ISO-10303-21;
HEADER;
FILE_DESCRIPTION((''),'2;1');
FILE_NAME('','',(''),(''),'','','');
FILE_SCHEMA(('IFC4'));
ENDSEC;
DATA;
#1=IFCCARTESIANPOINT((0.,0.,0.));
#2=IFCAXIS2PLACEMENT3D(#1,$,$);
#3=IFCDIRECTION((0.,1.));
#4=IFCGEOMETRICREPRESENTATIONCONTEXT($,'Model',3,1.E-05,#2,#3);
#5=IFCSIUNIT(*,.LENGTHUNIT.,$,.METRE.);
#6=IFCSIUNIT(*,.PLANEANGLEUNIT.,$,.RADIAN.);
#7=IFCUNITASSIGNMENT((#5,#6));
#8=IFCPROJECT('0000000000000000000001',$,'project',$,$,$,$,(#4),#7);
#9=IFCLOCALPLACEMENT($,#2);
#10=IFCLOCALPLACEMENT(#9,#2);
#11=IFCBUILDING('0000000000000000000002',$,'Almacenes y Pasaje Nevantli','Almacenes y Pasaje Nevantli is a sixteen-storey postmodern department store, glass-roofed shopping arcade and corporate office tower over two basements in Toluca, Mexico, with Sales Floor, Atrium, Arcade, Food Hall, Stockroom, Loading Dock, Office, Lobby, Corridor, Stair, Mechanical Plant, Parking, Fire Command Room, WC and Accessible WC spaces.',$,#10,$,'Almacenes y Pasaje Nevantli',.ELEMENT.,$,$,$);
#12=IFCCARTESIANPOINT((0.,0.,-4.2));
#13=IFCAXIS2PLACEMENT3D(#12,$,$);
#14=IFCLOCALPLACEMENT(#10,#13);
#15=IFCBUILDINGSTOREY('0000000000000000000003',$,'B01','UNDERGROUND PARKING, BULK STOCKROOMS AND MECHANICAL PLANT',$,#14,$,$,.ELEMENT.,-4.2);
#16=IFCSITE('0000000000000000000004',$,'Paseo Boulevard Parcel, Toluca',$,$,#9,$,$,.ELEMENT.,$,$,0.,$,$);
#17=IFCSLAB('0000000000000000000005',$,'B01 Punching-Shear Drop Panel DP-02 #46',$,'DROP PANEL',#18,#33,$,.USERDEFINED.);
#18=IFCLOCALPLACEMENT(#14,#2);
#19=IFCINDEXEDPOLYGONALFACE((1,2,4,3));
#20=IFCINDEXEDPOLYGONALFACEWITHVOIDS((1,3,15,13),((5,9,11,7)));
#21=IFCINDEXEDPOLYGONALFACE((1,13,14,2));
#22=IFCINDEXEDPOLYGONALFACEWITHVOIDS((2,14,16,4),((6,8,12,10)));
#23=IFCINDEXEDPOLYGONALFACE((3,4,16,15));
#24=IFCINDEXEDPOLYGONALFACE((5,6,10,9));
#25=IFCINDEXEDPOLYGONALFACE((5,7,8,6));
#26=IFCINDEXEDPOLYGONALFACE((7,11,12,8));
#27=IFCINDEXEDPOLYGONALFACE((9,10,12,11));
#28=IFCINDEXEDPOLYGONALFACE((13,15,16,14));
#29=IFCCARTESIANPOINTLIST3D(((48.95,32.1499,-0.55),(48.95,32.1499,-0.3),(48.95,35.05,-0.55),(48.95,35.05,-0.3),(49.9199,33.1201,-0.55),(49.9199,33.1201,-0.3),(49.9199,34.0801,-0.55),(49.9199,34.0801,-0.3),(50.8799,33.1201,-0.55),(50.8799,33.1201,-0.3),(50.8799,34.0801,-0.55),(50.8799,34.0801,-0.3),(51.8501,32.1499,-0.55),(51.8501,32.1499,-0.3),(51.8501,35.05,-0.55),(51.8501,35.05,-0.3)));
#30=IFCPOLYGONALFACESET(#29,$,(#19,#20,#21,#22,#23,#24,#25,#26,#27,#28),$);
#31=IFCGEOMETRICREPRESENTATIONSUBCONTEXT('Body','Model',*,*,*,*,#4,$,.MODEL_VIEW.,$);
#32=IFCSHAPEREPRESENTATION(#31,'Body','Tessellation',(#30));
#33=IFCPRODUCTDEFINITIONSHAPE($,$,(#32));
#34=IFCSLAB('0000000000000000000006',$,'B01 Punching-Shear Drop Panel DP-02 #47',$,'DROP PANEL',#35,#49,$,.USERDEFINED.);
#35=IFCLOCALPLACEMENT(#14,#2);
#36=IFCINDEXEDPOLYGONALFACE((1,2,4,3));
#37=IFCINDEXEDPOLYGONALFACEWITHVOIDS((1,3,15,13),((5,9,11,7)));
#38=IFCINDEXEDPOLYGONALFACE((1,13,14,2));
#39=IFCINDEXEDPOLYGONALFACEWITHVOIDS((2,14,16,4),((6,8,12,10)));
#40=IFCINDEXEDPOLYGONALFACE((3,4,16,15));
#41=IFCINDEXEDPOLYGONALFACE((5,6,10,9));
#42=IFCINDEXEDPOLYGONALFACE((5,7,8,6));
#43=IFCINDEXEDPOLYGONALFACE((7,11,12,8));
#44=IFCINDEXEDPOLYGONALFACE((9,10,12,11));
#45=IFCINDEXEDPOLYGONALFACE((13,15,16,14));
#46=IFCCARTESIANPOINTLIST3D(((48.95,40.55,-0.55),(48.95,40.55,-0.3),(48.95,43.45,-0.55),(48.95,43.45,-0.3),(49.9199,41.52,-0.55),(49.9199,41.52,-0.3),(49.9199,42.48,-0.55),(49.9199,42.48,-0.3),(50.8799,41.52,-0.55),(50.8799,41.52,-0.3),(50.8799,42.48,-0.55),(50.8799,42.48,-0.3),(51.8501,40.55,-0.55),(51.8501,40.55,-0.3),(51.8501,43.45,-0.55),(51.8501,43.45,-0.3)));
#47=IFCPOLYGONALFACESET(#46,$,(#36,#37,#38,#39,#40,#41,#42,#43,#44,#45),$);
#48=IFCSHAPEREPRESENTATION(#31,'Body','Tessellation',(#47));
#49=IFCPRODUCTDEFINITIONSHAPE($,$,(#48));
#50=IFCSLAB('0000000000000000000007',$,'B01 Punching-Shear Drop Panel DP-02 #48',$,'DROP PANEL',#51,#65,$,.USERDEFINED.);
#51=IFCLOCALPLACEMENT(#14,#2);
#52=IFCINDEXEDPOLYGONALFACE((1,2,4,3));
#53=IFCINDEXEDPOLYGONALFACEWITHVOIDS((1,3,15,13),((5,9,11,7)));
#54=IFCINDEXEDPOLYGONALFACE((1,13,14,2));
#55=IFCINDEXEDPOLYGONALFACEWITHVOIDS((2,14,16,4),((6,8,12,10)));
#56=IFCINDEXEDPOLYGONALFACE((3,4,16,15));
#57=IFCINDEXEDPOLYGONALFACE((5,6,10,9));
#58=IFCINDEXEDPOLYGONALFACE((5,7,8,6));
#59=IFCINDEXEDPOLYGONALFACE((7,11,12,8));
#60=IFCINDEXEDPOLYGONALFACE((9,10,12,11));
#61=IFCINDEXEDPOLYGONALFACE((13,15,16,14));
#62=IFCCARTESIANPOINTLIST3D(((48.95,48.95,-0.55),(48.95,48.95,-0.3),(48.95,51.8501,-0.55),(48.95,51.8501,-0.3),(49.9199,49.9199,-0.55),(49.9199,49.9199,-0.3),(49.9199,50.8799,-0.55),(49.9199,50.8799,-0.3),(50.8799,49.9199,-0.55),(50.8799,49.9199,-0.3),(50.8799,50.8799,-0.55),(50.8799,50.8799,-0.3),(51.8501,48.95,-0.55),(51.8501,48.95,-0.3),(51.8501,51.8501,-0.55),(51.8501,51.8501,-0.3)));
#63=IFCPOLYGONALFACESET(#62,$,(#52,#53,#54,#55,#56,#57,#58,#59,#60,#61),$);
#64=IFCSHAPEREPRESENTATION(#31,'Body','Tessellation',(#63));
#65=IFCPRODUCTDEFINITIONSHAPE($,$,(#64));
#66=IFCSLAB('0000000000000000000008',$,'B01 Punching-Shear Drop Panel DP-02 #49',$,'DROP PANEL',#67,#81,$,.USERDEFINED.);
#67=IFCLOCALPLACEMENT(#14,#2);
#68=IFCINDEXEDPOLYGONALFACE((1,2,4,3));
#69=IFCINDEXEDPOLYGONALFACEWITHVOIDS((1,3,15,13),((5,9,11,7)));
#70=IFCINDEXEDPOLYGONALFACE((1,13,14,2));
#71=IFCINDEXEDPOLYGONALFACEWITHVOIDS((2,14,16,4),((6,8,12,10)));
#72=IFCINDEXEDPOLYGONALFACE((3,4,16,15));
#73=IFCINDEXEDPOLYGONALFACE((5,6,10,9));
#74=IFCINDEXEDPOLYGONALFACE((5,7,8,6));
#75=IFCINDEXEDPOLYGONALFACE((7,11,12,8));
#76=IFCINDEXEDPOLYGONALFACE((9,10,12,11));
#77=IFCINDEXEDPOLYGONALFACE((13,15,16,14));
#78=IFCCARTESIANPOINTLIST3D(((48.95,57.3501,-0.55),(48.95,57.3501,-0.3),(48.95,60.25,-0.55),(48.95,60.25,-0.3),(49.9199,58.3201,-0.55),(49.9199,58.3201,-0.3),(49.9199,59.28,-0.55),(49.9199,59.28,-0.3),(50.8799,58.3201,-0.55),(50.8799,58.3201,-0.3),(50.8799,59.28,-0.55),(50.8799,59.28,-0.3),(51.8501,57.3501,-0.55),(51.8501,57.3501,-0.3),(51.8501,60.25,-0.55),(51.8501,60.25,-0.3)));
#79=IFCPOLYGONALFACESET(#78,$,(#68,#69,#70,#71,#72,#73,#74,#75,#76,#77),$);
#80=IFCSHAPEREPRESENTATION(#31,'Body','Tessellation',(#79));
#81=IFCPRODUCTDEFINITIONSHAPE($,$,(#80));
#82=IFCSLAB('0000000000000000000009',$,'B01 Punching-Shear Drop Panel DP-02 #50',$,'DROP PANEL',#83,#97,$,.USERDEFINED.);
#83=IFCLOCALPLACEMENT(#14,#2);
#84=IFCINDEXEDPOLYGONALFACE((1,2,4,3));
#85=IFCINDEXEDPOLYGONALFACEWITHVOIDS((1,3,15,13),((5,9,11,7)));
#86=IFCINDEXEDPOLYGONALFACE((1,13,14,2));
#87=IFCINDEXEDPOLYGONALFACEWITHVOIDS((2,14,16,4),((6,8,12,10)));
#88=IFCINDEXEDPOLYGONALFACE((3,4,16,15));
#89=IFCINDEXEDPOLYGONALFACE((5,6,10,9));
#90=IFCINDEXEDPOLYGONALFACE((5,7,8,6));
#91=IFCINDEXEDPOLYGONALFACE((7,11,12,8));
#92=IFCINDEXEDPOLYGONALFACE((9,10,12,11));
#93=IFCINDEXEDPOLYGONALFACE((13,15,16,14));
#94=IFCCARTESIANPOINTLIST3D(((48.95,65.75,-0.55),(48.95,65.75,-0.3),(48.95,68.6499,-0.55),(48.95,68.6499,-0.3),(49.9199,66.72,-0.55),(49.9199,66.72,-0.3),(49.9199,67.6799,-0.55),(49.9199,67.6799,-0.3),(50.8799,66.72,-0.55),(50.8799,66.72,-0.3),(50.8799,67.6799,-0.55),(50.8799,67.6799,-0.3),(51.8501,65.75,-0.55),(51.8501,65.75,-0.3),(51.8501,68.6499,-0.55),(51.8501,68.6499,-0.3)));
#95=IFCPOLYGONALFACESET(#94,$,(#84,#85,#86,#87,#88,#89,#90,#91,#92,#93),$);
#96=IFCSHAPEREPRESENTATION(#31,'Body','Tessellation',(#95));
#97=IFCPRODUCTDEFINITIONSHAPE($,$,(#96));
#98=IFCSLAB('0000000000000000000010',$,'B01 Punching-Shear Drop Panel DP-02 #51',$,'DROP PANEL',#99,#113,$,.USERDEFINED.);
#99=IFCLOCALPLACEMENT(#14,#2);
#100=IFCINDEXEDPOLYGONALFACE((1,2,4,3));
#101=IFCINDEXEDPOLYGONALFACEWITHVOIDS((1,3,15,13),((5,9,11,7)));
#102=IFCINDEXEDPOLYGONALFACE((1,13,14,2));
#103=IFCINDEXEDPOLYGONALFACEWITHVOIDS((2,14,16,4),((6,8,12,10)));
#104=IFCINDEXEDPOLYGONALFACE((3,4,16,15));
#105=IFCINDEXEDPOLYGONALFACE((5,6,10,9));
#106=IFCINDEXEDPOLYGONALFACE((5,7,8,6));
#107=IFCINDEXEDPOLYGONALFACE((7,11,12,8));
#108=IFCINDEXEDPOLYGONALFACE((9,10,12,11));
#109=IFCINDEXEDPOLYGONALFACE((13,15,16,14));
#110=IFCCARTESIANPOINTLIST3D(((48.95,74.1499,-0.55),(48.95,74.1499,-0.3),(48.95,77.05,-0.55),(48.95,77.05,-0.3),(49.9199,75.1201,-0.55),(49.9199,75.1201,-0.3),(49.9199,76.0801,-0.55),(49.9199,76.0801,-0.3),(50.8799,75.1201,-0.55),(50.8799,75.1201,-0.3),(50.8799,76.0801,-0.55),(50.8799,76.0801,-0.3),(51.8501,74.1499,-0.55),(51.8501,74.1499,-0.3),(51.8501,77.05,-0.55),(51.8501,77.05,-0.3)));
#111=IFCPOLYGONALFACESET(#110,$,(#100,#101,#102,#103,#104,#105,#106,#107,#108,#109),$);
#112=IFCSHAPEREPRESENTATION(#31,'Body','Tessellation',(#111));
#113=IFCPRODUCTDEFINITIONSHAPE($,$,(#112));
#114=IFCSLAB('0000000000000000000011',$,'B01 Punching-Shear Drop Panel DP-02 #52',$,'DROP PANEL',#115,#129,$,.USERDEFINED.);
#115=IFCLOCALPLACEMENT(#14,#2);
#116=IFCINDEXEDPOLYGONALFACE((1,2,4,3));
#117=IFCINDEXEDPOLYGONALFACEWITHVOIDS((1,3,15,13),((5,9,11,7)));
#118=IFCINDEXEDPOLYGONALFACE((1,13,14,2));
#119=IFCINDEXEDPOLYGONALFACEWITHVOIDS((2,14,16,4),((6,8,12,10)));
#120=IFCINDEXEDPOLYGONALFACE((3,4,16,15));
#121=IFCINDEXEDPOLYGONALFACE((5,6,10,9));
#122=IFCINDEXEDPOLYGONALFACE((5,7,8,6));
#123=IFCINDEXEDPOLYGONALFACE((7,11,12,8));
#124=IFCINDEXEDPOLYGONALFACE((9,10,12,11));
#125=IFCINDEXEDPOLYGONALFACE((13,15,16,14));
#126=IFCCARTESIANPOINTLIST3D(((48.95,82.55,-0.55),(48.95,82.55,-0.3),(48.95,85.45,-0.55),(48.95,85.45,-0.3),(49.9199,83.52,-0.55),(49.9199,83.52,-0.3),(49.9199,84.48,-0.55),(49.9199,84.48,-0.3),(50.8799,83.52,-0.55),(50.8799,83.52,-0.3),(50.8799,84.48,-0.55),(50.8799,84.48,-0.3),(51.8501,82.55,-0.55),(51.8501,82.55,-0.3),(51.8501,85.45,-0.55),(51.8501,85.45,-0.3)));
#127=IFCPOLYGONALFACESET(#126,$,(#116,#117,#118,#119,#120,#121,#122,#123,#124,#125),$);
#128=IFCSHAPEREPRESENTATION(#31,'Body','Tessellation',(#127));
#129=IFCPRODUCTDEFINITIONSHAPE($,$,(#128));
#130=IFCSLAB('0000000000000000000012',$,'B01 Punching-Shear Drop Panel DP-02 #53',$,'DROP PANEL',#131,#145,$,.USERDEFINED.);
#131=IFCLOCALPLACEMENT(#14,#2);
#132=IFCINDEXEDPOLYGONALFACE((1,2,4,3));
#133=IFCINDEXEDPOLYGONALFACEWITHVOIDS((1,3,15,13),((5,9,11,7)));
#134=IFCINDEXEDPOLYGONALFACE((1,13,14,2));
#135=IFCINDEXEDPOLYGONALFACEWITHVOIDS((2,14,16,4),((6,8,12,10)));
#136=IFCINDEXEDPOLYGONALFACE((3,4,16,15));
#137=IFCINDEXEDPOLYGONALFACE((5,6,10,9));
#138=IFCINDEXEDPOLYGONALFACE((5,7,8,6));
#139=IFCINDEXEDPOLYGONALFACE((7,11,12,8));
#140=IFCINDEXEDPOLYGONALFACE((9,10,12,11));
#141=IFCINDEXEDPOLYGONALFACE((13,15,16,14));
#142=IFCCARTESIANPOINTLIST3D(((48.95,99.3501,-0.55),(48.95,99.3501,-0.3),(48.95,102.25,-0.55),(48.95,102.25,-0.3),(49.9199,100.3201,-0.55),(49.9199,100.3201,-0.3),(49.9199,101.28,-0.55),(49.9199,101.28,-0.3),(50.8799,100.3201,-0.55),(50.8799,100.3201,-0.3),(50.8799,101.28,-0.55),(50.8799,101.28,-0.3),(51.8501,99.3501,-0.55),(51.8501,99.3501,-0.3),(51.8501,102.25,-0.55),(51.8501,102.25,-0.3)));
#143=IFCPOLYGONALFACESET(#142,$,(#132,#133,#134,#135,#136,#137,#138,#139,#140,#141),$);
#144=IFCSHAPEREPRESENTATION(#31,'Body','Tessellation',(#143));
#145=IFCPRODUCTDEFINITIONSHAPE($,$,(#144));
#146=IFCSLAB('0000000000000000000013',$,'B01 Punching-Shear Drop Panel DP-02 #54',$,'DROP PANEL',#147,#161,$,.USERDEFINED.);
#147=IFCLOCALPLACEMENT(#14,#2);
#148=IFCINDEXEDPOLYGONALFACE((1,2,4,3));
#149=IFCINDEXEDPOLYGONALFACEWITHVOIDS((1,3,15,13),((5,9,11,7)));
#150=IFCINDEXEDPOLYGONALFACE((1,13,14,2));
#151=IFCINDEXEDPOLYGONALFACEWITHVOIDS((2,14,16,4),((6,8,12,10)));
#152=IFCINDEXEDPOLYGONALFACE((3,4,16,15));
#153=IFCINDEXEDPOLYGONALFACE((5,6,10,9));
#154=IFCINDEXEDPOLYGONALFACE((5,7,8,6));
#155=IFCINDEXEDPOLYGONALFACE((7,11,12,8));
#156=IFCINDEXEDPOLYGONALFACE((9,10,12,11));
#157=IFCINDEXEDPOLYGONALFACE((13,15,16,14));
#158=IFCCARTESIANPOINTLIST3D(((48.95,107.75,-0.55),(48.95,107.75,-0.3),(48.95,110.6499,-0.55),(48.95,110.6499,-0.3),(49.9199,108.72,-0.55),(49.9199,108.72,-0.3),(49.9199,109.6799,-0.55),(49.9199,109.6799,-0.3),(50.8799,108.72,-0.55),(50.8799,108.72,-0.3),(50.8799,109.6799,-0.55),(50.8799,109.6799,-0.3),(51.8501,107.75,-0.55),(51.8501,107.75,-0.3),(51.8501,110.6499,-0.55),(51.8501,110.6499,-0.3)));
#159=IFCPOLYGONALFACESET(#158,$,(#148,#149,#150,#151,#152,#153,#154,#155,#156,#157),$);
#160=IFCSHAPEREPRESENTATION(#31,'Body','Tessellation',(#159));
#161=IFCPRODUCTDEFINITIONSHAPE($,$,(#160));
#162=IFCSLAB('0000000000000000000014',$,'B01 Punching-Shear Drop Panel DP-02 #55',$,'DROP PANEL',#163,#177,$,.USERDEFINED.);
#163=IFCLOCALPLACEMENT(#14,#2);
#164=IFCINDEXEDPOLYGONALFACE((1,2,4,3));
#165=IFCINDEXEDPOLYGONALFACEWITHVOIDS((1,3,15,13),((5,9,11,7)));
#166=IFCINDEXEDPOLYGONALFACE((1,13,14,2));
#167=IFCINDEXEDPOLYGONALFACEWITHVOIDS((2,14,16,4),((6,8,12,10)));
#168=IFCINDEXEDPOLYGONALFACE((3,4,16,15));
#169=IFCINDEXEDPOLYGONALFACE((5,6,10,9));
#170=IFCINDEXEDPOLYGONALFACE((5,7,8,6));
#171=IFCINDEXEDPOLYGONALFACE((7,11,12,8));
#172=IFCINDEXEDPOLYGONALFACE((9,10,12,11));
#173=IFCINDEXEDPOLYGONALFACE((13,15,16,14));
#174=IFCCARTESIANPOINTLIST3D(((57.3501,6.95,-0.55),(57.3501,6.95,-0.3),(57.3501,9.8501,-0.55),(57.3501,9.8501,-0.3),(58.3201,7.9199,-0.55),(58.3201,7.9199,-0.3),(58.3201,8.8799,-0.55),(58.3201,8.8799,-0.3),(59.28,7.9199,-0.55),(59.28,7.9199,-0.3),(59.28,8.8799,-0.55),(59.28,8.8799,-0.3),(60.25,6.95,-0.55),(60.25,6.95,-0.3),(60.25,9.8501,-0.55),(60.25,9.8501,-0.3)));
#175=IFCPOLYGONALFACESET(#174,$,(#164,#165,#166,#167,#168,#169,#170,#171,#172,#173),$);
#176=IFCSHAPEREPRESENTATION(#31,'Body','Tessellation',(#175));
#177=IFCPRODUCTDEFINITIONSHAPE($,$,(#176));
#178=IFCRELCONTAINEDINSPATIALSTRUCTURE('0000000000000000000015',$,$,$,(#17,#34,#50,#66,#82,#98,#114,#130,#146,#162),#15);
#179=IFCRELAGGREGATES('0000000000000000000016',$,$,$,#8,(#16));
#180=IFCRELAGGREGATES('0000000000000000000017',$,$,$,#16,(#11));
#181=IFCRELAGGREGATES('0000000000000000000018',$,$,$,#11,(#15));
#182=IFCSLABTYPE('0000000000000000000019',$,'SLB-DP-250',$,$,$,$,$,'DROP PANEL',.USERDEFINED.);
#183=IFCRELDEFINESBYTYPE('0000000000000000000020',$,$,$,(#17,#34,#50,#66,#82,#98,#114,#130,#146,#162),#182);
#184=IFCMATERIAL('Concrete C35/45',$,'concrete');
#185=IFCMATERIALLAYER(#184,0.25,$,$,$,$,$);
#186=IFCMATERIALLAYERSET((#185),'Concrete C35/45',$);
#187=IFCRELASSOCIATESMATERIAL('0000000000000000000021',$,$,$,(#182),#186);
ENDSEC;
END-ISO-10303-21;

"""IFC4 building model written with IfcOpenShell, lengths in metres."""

from ifc_helpers import new_model, si_unit, direction, frame, origin, place, context, subcontext, project, spatial, polyline, outline, extrude, material, layer, layer_set, type_object, element, save


model = new_model("IFC4")

# Units and contexts
model_context = context("Model", 3, precision=1e-05, world=origin(), true_north=direction((0.0, 1.0)))
body_context = subcontext(model_context, "Body", "Model", "MODEL_VIEW")
ifc_project = project(units=[si_unit("LENGTHUNIT", "METRE"), si_unit("PLANEANGLEUNIT", "RADIAN")], contexts=[model_context])

# Site, building, storey
site_placement = place(None, origin())
site = spatial("IfcSite", under=ifc_project, at=site_placement, Name="Paseo Boulevard Parcel, Toluca", CompositionType="ELEMENT", RefElevation=0.0)
building_placement = place(site_placement, origin())
building = spatial("IfcBuilding", under=site, at=building_placement, Name="Almacenes y Pasaje Nevantli", Description="Almacenes y Pasaje Nevantli is a sixteen-storey postmodern department store, glass-roofed shopping arcade and corporate office tower over two basements in Toluca, Mexico, with Sales Floor, Atrium, Arcade, Food Hall, Stockroom, Loading Dock, Office, Lobby, Corridor, Stair, Mechanical Plant, Parking, Fire Command Room, WC and Accessible WC spaces.", LongName="Almacenes y Pasaje Nevantli", CompositionType="ELEMENT")
storey_placement = place(building_placement, frame((0.0, 0.0, -4.2)))
storey = spatial("IfcBuildingStorey", under=building, at=storey_placement, Name="B01", Description="UNDERGROUND PARKING, BULK STOCKROOMS AND MECHANICAL PLANT", CompositionType="ELEMENT", Elevation=-4.2)

# Slabs
ifc_material = material(Name="Concrete C35/45", Category="concrete")
ifc_layer = layer(ifc_material, 0.25)
ifc_layer_set = layer_set([ifc_layer], Name="Concrete C35/45")
slab_type = type_object("IfcSlabType", Name="SLB-DP-250", ElementType="DROP PANEL", PredefinedType="USERDEFINED", material=ifc_layer_set)
slab_1_placement = place(storey_placement, frame((0.0, 0.0, -0.55)))
element("IfcSlab", 1, at=slab_1_placement, inside=storey, type_object=slab_type, Name="B01 Punching-Shear Drop Panel DP-02 #46", ObjectType="DROP PANEL", PredefinedType="USERDEFINED", context=body_context, shape_type="SweptSolid", body=[
    extrude(outline(polyline([(48.95, 32.1499), (51.8501, 32.1499), (51.8501, 35.05), (48.95, 35.05), (48.95, 32.1499)]), holes=[polyline([(49.9199, 33.1201), (50.8799, 33.1201), (50.8799, 34.0801), (49.9199, 34.0801), (49.9199, 33.1201)])]), origin(), (0.0, 0.0, 1.0), 0.25),
])
slab_2_placement = place(storey_placement, frame((0.0, 0.0, -0.55)))
element("IfcSlab", 2, at=slab_2_placement, inside=storey, type_object=slab_type, Name="B01 Punching-Shear Drop Panel DP-02 #47", ObjectType="DROP PANEL", PredefinedType="USERDEFINED", context=body_context, shape_type="SweptSolid", body=[
    extrude(outline(polyline([(48.95, 40.55), (51.8501, 40.55), (51.8501, 43.45), (48.95, 43.45), (48.95, 40.55)]), holes=[polyline([(49.9199, 41.52), (50.8799, 41.52), (50.8799, 42.48), (49.9199, 42.48), (49.9199, 41.52)])]), origin(), (0.0, 0.0, 1.0), 0.25),
])
slab_3_placement = place(storey_placement, frame((0.0, 0.0, -0.55)))
element("IfcSlab", 3, at=slab_3_placement, inside=storey, type_object=slab_type, Name="B01 Punching-Shear Drop Panel DP-02 #48", ObjectType="DROP PANEL", PredefinedType="USERDEFINED", context=body_context, shape_type="SweptSolid", body=[
    extrude(outline(polyline([(48.95, 48.95), (51.8501, 48.95), (51.8501, 51.8501), (48.95, 51.8501), (48.95, 48.95)]), holes=[polyline([(49.9199, 49.9199), (50.8799, 49.9199), (50.8799, 50.8799), (49.9199, 50.8799), (49.9199, 49.9199)])]), origin(), (0.0, 0.0, 1.0), 0.25),
])
slab_4_placement = place(storey_placement, frame((0.0, 0.0, -0.55)))
element("IfcSlab", 4, at=slab_4_placement, inside=storey, type_object=slab_type, Name="B01 Punching-Shear Drop Panel DP-02 #49", ObjectType="DROP PANEL", PredefinedType="USERDEFINED", context=body_context, shape_type="SweptSolid", body=[
    extrude(outline(polyline([(48.95, 57.3501), (51.8501, 57.3501), (51.8501, 60.25), (48.95, 60.25), (48.95, 57.3501)]), holes=[polyline([(49.9199, 58.3201), (50.8799, 58.3201), (50.8799, 59.28), (49.9199, 59.28), (49.9199, 58.3201)])]), origin(), (0.0, 0.0, 1.0), 0.25),
])
slab_5_placement = place(storey_placement, frame((0.0, 0.0, -0.55)))
element("IfcSlab", 5, at=slab_5_placement, inside=storey, type_object=slab_type, Name="B01 Punching-Shear Drop Panel DP-02 #50", ObjectType="DROP PANEL", PredefinedType="USERDEFINED", context=body_context, shape_type="SweptSolid", body=[
    extrude(outline(polyline([(48.95, 65.75), (51.8501, 65.75), (51.8501, 68.6499), (48.95, 68.6499), (48.95, 65.75)]), holes=[polyline([(49.9199, 66.72), (50.8799, 66.72), (50.8799, 67.6799), (49.9199, 67.6799), (49.9199, 66.72)])]), origin(), (0.0, 0.0, 1.0), 0.25),
])
slab_6_placement = place(storey_placement, frame((0.0, 0.0, -0.55)))
element("IfcSlab", 6, at=slab_6_placement, inside=storey, type_object=slab_type, Name="B01 Punching-Shear Drop Panel DP-02 #51", ObjectType="DROP PANEL", PredefinedType="USERDEFINED", context=body_context, shape_type="SweptSolid", body=[
    extrude(outline(polyline([(48.95, 74.1499), (51.8501, 74.1499), (51.8501, 77.05), (48.95, 77.05), (48.95, 74.1499)]), holes=[polyline([(49.9199, 75.1201), (50.8799, 75.1201), (50.8799, 76.0801), (49.9199, 76.0801), (49.9199, 75.1201)])]), origin(), (0.0, 0.0, 1.0), 0.25),
])
slab_7_placement = place(storey_placement, frame((0.0, 0.0, -0.55)))
element("IfcSlab", 7, at=slab_7_placement, inside=storey, type_object=slab_type, Name="B01 Punching-Shear Drop Panel DP-02 #52", ObjectType="DROP PANEL", PredefinedType="USERDEFINED", context=body_context, shape_type="SweptSolid", body=[
    extrude(outline(polyline([(48.95, 82.55), (51.8501, 82.55), (51.8501, 85.45), (48.95, 85.45), (48.95, 82.55)]), holes=[polyline([(49.9199, 83.52), (50.8799, 83.52), (50.8799, 84.48), (49.9199, 84.48), (49.9199, 83.52)])]), origin(), (0.0, 0.0, 1.0), 0.25),
])
slab_8_placement = place(storey_placement, frame((0.0, 0.0, -0.55)))
element("IfcSlab", 8, at=slab_8_placement, inside=storey, type_object=slab_type, Name="B01 Punching-Shear Drop Panel DP-02 #53", ObjectType="DROP PANEL", PredefinedType="USERDEFINED", context=body_context, shape_type="SweptSolid", body=[
    extrude(outline(polyline([(48.95, 99.3501), (51.8501, 99.3501), (51.8501, 102.25), (48.95, 102.25), (48.95, 99.3501)]), holes=[polyline([(49.9199, 100.3201), (50.8799, 100.3201), (50.8799, 101.28), (49.9199, 101.28), (49.9199, 100.3201)])]), origin(), (0.0, 0.0, 1.0), 0.25),
])
slab_9_placement = place(storey_placement, frame((0.0, 0.0, -0.55)))
element("IfcSlab", 9, at=slab_9_placement, inside=storey, type_object=slab_type, Name="B01 Punching-Shear Drop Panel DP-02 #54", ObjectType="DROP PANEL", PredefinedType="USERDEFINED", context=body_context, shape_type="SweptSolid", body=[
    extrude(outline(polyline([(48.95, 107.75), (51.8501, 107.75), (51.8501, 110.6499), (48.95, 110.6499), (48.95, 107.75)]), holes=[polyline([(49.9199, 108.72), (50.8799, 108.72), (50.8799, 109.6799), (49.9199, 109.6799), (49.9199, 108.72)])]), origin(), (0.0, 0.0, 1.0), 0.25),
])
slab_10_placement = place(storey_placement, frame((0.0, 0.0, -0.55)))
element("IfcSlab", 10, at=slab_10_placement, inside=storey, type_object=slab_type, Name="B01 Punching-Shear Drop Panel DP-02 #55", ObjectType="DROP PANEL", PredefinedType="USERDEFINED", context=body_context, shape_type="SweptSolid", body=[
    extrude(outline(polyline([(57.3501, 6.95), (60.25, 6.95), (60.25, 9.8501), (57.3501, 9.8501), (57.3501, 6.95)]), holes=[polyline([(58.3201, 7.9199), (59.28, 7.9199), (59.28, 8.8799), (58.3201, 8.8799), (58.3201, 7.9199)])]), origin(), (0.0, 0.0, 1.0), 0.25),
])

save(model, "model.ifc")
